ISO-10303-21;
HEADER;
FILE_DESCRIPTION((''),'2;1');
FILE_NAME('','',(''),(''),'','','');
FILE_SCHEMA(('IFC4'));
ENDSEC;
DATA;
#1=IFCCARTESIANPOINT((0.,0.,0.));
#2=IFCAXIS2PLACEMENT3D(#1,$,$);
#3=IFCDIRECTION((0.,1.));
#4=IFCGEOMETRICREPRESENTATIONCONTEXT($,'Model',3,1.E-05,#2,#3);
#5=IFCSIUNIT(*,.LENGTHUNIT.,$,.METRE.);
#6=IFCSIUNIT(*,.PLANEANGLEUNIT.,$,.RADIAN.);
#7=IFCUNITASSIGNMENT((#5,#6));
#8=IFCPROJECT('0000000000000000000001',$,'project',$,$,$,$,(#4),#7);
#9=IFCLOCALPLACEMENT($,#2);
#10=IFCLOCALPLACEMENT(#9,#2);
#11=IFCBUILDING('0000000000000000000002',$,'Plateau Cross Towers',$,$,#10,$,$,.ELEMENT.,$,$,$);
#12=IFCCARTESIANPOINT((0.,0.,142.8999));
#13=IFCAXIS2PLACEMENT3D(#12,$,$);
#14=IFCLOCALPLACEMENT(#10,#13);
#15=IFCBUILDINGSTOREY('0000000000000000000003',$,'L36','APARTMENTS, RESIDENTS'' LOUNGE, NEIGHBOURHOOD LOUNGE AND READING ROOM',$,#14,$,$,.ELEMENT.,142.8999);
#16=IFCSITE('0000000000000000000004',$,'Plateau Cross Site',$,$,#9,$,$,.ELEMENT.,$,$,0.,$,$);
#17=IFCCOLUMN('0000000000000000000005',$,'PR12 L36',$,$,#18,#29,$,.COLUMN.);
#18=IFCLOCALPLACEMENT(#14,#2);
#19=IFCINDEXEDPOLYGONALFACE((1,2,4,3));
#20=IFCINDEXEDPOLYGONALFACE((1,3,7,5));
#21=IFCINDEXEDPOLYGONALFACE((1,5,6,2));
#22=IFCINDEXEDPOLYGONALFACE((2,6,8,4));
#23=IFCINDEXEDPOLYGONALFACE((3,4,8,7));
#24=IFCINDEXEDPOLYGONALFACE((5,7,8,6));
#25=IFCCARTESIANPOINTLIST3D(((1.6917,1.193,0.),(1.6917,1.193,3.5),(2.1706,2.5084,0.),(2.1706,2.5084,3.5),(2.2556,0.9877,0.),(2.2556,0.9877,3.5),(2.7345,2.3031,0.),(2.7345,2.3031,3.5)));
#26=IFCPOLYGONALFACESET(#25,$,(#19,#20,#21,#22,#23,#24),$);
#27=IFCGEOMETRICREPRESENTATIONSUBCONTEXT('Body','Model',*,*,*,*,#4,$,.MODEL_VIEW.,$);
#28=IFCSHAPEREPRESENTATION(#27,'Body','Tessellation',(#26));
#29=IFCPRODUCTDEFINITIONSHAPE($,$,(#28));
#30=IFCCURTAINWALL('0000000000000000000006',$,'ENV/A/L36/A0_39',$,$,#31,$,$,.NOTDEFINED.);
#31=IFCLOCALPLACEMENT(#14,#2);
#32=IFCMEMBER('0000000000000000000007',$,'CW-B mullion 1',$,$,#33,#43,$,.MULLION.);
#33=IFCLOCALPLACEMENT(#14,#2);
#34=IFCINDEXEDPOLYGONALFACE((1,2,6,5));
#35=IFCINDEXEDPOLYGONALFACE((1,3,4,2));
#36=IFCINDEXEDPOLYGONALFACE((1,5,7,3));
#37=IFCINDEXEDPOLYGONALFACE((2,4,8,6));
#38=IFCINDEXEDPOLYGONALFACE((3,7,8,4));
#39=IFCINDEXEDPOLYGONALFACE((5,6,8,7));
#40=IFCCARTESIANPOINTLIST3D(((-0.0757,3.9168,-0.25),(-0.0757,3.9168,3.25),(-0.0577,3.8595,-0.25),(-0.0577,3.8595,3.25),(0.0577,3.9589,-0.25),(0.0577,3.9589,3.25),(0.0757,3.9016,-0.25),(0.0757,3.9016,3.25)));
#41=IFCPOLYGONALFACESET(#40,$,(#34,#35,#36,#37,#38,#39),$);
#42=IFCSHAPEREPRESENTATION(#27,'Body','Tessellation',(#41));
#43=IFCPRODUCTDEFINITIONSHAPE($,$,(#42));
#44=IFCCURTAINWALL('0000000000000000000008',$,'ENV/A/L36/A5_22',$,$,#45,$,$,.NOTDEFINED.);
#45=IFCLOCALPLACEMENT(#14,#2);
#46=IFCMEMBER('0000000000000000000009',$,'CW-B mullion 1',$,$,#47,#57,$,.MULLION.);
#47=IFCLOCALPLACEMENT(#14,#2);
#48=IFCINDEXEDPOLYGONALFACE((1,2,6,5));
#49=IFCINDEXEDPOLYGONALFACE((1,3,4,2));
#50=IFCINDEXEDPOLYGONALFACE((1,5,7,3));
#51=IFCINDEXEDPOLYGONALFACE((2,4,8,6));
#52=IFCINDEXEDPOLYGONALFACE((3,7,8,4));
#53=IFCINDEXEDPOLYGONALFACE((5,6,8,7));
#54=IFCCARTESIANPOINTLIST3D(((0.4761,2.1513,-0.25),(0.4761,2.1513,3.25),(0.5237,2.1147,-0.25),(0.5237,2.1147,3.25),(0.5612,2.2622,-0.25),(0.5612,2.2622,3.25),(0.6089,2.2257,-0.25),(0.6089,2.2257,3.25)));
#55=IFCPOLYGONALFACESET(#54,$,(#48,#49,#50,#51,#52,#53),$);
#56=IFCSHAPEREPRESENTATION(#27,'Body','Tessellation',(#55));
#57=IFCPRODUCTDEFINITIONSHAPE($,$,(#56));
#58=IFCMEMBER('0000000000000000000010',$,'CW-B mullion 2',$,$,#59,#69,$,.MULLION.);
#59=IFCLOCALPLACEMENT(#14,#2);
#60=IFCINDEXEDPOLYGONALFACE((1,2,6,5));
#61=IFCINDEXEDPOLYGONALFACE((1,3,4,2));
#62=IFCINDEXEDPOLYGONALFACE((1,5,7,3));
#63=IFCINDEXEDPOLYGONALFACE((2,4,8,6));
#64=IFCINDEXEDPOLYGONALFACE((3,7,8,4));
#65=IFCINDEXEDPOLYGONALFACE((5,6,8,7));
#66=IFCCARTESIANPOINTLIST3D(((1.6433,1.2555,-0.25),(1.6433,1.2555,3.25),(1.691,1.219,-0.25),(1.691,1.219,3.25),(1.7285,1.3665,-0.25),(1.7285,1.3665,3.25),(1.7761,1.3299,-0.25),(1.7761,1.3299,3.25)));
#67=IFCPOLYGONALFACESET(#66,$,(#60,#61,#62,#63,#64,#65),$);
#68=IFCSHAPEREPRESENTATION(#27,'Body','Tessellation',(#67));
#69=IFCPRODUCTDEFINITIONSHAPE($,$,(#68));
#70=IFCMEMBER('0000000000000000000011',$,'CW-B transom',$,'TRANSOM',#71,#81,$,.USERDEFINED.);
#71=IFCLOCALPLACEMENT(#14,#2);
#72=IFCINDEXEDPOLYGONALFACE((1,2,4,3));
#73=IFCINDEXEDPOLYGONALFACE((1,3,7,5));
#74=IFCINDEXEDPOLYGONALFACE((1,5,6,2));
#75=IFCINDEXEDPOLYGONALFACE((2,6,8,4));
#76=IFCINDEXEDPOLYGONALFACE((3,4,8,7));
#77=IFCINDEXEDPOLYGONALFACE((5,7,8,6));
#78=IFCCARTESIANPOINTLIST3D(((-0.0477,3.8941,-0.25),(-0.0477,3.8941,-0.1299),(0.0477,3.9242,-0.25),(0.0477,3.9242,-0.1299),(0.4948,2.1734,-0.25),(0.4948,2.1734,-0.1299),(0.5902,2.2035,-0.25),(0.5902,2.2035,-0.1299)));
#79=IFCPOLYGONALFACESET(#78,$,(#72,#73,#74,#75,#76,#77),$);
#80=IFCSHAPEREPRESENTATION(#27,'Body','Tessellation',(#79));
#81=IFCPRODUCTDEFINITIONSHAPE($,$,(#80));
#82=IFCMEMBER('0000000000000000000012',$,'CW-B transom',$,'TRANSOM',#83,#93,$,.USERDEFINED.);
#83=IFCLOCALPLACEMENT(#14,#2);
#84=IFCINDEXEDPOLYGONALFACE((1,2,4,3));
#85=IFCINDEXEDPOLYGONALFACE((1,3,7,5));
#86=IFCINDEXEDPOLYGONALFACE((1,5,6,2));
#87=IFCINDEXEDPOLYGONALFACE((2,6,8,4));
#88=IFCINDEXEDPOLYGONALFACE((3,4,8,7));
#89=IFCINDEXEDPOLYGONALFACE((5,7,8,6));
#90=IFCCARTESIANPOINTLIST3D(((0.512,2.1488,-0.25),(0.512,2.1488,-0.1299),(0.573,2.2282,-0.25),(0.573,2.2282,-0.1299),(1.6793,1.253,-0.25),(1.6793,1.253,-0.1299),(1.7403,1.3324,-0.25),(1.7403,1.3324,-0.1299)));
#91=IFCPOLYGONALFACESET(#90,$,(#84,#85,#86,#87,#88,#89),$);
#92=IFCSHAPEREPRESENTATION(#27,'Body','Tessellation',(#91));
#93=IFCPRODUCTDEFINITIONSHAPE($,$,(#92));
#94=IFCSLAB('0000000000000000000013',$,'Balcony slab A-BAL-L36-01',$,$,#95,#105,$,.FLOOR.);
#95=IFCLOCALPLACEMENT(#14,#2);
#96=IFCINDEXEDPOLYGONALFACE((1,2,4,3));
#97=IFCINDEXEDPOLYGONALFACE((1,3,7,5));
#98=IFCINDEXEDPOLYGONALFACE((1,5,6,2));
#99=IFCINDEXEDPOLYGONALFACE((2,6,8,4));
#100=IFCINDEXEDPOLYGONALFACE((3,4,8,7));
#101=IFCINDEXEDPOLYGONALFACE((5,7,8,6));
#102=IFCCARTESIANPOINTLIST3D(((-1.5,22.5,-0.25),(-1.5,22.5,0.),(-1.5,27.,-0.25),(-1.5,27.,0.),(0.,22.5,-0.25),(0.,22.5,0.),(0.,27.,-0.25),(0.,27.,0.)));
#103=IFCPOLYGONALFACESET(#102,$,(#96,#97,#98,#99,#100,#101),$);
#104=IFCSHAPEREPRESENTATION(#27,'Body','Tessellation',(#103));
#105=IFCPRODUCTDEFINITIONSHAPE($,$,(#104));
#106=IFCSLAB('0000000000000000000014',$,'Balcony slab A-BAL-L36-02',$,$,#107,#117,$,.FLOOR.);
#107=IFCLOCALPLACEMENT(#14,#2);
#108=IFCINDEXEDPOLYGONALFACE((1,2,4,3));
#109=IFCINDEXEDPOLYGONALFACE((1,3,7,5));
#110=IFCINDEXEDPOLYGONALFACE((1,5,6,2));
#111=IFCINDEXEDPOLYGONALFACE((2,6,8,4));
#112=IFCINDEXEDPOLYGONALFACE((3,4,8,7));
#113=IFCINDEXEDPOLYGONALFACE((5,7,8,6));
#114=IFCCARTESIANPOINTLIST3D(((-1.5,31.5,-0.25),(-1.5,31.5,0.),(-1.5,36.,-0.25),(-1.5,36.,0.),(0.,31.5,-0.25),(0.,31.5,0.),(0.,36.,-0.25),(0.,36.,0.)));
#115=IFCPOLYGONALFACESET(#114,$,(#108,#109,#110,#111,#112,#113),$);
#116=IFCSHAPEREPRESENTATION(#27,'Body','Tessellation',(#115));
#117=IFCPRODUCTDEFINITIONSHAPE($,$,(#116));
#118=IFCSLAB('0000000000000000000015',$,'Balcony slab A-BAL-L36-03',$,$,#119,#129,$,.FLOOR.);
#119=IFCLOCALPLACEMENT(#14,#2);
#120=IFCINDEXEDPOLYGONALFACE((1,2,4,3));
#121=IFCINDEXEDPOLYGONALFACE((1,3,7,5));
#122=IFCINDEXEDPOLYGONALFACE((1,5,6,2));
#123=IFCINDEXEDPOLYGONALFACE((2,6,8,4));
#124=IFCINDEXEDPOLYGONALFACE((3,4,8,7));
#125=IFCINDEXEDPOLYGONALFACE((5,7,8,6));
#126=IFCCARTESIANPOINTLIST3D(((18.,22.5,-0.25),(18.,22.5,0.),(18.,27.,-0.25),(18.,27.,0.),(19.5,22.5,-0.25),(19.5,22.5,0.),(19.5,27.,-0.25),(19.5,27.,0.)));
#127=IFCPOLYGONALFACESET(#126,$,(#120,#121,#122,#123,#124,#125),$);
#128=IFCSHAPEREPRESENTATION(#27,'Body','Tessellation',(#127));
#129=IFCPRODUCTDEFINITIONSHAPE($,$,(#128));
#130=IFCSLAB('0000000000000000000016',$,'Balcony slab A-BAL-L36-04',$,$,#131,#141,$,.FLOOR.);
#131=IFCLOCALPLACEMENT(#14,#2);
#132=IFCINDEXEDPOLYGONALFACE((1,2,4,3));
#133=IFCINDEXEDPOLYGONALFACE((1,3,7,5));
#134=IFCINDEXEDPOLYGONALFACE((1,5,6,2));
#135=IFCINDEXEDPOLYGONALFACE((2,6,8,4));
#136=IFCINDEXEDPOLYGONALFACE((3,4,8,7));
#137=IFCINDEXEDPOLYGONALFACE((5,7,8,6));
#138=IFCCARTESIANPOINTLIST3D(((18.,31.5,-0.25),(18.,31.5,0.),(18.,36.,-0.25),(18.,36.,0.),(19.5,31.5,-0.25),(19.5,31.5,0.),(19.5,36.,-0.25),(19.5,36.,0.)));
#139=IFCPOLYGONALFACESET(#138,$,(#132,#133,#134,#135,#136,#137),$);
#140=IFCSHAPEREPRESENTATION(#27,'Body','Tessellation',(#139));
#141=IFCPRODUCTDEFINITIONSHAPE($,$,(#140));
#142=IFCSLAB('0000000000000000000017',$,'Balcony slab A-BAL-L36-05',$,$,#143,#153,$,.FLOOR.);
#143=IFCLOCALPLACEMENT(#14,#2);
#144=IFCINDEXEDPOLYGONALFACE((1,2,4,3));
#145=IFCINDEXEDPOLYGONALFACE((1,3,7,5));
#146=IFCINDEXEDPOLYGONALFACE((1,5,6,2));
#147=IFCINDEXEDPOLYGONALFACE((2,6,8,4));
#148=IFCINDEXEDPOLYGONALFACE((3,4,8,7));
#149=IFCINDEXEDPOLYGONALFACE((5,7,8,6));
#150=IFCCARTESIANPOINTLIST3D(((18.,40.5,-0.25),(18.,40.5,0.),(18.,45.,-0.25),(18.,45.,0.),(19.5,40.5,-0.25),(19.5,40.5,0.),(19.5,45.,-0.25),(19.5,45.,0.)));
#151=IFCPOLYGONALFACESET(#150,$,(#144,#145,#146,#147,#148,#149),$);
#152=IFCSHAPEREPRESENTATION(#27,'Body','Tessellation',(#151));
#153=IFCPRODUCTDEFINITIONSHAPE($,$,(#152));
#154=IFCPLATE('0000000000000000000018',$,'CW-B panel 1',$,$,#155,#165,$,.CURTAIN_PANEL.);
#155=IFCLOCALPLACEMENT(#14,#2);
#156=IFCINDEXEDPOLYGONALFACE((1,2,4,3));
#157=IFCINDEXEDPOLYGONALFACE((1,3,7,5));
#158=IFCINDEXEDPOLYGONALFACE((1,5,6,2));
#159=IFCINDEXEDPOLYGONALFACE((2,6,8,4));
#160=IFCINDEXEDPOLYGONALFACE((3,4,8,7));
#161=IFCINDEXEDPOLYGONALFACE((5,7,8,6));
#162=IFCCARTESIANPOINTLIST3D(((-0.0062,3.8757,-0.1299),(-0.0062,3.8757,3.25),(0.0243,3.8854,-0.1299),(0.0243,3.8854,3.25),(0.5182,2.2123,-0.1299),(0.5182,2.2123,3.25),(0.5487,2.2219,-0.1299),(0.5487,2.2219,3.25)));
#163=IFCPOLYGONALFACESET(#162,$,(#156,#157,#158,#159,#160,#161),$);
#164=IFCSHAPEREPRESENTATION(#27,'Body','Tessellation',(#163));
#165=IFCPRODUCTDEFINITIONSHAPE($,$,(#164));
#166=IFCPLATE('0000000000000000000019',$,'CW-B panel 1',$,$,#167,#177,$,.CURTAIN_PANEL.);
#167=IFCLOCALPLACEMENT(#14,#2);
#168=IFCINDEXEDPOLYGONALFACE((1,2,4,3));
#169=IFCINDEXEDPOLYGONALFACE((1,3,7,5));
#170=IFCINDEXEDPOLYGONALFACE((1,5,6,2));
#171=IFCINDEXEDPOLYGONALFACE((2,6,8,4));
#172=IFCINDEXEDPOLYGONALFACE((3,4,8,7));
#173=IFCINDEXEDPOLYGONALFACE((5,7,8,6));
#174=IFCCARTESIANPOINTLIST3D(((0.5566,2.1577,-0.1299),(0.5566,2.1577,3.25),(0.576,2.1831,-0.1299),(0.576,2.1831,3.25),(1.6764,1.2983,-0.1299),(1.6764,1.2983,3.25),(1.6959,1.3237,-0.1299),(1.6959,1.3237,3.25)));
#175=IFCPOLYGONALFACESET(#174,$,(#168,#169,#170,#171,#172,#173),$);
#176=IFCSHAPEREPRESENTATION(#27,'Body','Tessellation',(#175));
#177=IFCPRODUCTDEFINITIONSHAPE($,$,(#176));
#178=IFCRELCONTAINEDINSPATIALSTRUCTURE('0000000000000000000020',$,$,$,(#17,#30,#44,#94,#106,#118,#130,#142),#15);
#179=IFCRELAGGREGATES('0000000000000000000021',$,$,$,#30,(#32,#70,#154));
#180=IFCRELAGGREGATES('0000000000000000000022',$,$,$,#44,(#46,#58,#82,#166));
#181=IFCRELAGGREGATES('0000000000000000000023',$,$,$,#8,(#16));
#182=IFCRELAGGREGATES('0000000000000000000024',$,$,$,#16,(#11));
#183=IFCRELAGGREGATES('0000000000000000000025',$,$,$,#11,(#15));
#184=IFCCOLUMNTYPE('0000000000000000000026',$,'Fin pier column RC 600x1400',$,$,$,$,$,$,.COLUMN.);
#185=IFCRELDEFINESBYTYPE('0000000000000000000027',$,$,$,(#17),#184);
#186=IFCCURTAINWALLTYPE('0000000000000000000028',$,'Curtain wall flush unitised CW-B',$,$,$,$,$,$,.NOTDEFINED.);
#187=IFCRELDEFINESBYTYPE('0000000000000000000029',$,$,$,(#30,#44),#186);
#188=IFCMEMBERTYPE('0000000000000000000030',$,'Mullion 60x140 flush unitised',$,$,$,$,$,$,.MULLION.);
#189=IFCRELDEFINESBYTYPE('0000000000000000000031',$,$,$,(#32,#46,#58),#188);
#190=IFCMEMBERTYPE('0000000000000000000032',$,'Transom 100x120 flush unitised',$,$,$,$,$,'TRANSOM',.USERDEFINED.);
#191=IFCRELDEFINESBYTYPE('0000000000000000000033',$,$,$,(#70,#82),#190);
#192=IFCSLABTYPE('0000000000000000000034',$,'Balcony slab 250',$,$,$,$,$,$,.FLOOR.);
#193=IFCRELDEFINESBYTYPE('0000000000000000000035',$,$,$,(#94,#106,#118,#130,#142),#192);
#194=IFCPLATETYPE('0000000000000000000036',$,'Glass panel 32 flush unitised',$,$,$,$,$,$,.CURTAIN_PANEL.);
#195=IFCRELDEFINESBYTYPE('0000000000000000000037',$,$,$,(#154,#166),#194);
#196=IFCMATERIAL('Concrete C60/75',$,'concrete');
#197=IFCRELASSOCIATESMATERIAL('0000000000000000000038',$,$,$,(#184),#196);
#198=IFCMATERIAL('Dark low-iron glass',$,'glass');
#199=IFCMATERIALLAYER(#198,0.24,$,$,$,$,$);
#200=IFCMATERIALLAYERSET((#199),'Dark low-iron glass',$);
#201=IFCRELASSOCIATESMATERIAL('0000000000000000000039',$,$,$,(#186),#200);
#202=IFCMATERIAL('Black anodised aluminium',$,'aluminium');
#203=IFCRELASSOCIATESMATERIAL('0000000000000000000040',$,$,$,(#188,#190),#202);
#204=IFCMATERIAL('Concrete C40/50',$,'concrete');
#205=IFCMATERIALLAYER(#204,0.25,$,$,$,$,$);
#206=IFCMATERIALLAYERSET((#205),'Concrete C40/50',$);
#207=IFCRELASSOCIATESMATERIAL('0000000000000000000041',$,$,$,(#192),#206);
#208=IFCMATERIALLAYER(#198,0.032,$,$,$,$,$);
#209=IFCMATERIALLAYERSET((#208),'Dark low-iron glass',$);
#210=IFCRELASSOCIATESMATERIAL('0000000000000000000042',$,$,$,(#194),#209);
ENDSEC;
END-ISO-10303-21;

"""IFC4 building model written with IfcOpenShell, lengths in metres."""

from ifc_helpers import new_model, si_unit, direction, frame, origin, origin_2d, place, context, subcontext, project, spatial, polyline, rectangle, outline, extrude, material, layer, layer_set, material_profile, profile_set, type_object, element, aggregate, save


model = new_model("IFC4")

# Units and contexts
model_context = context("Model", 3, precision=1e-05, world=origin(), true_north=direction((0.0, 1.0)))
body_context = subcontext(model_context, "Body", "Model", "MODEL_VIEW")
ifc_project = project(units=[si_unit("LENGTHUNIT", "METRE"), si_unit("PLANEANGLEUNIT", "RADIAN")], contexts=[model_context])

# Site, building, storey
site_placement = place(None, origin())
site = spatial("IfcSite", under=ifc_project, at=site_placement, Name="Plateau Cross Site", CompositionType="ELEMENT", RefElevation=0.0)
building_placement = place(site_placement, origin())
building = spatial("IfcBuilding", under=site, at=building_placement, Name="Plateau Cross Towers", CompositionType="ELEMENT")
storey_placement = place(building_placement, frame((0.0, 0.0, 142.8999)))
storey = spatial("IfcBuildingStorey", under=building, at=storey_placement, Name="L36", Description="APARTMENTS, RESIDENTS' LOUNGE, NEIGHBOURHOOD LOUNGE AND READING ROOM", CompositionType="ELEMENT", Elevation=142.8999)

# Column
ifc_material_1 = material(Name="Concrete C60/75", Category="concrete")
ifc_material_profile_1 = material_profile(ifc_material_1, rectangle(XDim=0.6001, YDim=1.3999, at=origin_2d()), Name="RC 600x1400")
ifc_profile_set_1 = profile_set([ifc_material_profile_1], Name="Concrete C60/75")
column_type = type_object("IfcColumnType", Name="Fin pier column RC 600x1400", PredefinedType="COLUMN", material=ifc_profile_set_1)
column_placement = place(storey_placement, frame((2.2131, 1.748, 0.0), z_axis=(0.0, 0.0, 1.0), x_axis=(-0.939664, 0.342098, 0.0)))
element("IfcColumn", 1, at=column_placement, inside=storey, type_object=column_type, Name="PR12 L36", PredefinedType="COLUMN", context=body_context, shape_type="SweptSolid", body=[
    extrude(rectangle(XDim=0.6001, YDim=1.3999, at=origin_2d()), origin(), (0.0, 0.0, 1.0), 3.5),
])

# Curtain wall, member
ifc_material_2 = material(Name="Dark low-iron glass", Category="glass")
ifc_layer_1 = layer(ifc_material_2, 0.24)
ifc_layer_set_1 = layer_set([ifc_layer_1], Name="Dark low-iron glass")
curtain_wall_type = type_object("IfcCurtainWallType", Name="Curtain wall flush unitised CW-B", PredefinedType="NOTDEFINED", material=ifc_layer_set_1)
curtain_wall_1_placement = place(storey_placement, origin())
curtain_wall_1 = element("IfcCurtainWall", 2, at=curtain_wall_1_placement, inside=storey, type_object=curtain_wall_type, Name="ENV/A/L36/A0_39", PredefinedType="NOTDEFINED")
ifc_material_3 = material(Name="Black anodised aluminium", Category="aluminium")
ifc_material_profile_2 = material_profile(ifc_material_3, rectangle(XDim=0.0601, YDim=0.1399, at=origin_2d()), Name="MULLION 60x140")
ifc_profile_set_2 = profile_set([ifc_material_profile_2], Name="Black anodised aluminium")
member_type_1 = type_object("IfcMemberType", Name="Mullion 60x140 flush unitised", PredefinedType="MULLION", material=ifc_profile_set_2)
member_1_placement = place(storey_placement, frame((0.0, 3.9092, -0.25), z_axis=(0.0, 0.0, 1.0), x_axis=(0.300686, -0.953723, 0.0)))
member_1 = element("IfcMember", 3, at=member_1_placement, type_object=member_type_1, Name="CW-B mullion 1", PredefinedType="MULLION", context=body_context, shape_type="SweptSolid", body=[
    extrude(rectangle(XDim=0.0601, YDim=0.1399, at=origin_2d()), origin(), (0.0, 0.0, 1.0), 3.5),
])

# Curtain wall, members
curtain_wall_2_placement = place(storey_placement, origin())
curtain_wall_2 = element("IfcCurtainWall", 4, at=curtain_wall_2_placement, inside=storey, type_object=curtain_wall_type, Name="ENV/A/L36/A5_22", PredefinedType="NOTDEFINED")
member_2_placement = place(storey_placement, frame((0.5425, 2.1885, -0.25), z_axis=(0.0, 0.0, 1.0), x_axis=(0.793316, -0.608811, 0.0)))
member_2 = element("IfcMember", 5, at=member_2_placement, type_object=member_type_1, Name="CW-B mullion 1", PredefinedType="MULLION", context=body_context, shape_type="SweptSolid", body=[
    extrude(rectangle(XDim=0.0601, YDim=0.1399, at=origin_2d()), origin(), (0.0, 0.0, 1.0), 3.5),
])
member_3_placement = place(storey_placement, frame((1.7097, 1.2927, -0.25), z_axis=(0.0, 0.0, 1.0), x_axis=(0.793316, -0.608811, 0.0)))
member_3 = element("IfcMember", 6, at=member_3_placement, type_object=member_type_1, Name="CW-B mullion 2", PredefinedType="MULLION", context=body_context, shape_type="SweptSolid", body=[
    extrude(rectangle(XDim=0.0601, YDim=0.1399, at=origin_2d()), origin(), (0.0, 0.0, 1.0), 3.5),
])

# Members
ifc_material_profile_3 = material_profile(ifc_material_3, rectangle(XDim=0.1001, YDim=0.1201, at=origin_2d()), Name="TRANSOM 100x120")
ifc_profile_set_3 = profile_set([ifc_material_profile_3], Name="Black anodised aluminium")
member_type_2 = type_object("IfcMemberType", Name="Transom 100x120 flush unitised", ElementType="TRANSOM", PredefinedType="USERDEFINED", material=ifc_profile_set_3)
member_4_placement = place(storey_placement, frame((0.0, 3.9092, -0.1899), z_axis=(0.300678, -0.953726, 0.0), x_axis=(0.953726, 0.300678, 0.0)))
member_4 = element("IfcMember", 7, at=member_4_placement, type_object=member_type_2, Name="CW-B transom", ObjectType="TRANSOM", PredefinedType="USERDEFINED", context=body_context, shape_type="SweptSolid", body=[
    extrude(rectangle(XDim=0.1001, YDim=0.1201, at=origin_2d()), origin(), (0.0, 0.0, 1.0), 1.8042),
])
member_5_placement = place(storey_placement, frame((0.5425, 2.1885, -0.1899), z_axis=(0.793321, -0.608804, 0.0), x_axis=(0.608804, 0.793321, 0.0)))
member_5 = element("IfcMember", 8, at=member_5_placement, type_object=member_type_2, Name="CW-B transom", ObjectType="TRANSOM", PredefinedType="USERDEFINED", context=body_context, shape_type="SweptSolid", body=[
    extrude(rectangle(XDim=0.1001, YDim=0.1201, at=origin_2d()), origin(), (0.0, 0.0, 1.0), 1.4714),
])

# Slabs
ifc_material_4 = material(Name="Concrete C40/50", Category="concrete")
ifc_layer_2 = layer(ifc_material_4, 0.25)
ifc_layer_set_2 = layer_set([ifc_layer_2], Name="Concrete C40/50")
slab_type_1 = type_object("IfcSlabType", Name="Balcony slab 250", PredefinedType="FLOOR", material=ifc_layer_set_2)
slab_1_placement = place(storey_placement, frame((0.0, 0.0, -0.25)))
element("IfcSlab", 9, at=slab_1_placement, inside=storey, type_object=slab_type_1, Name="Balcony slab A-BAL-L36-01", PredefinedType="FLOOR", context=body_context, shape_type="SweptSolid", body=[
    extrude(outline(polyline([(0.0, 22.5), (0.0, 27.0), (-1.5, 27.0), (-1.5, 22.5), (0.0, 22.5)])), origin(), (0.0, 0.0, 1.0), 0.25),
])
slab_2_placement = place(storey_placement, frame((0.0, 0.0, -0.25)))
element("IfcSlab", 10, at=slab_2_placement, inside=storey, type_object=slab_type_1, Name="Balcony slab A-BAL-L36-02", PredefinedType="FLOOR", context=body_context, shape_type="SweptSolid", body=[
    extrude(outline(polyline([(0.0, 31.5), (0.0, 36.0), (-1.5, 36.0), (-1.5, 31.5), (0.0, 31.5)])), origin(), (0.0, 0.0, 1.0), 0.25),
])
slab_3_placement = place(storey_placement, frame((0.0, 0.0, -0.25)))
element("IfcSlab", 11, at=slab_3_placement, inside=storey, type_object=slab_type_1, Name="Balcony slab A-BAL-L36-03", PredefinedType="FLOOR", context=body_context, shape_type="SweptSolid", body=[
    extrude(outline(polyline([(19.5, 22.5), (19.5, 27.0), (18.0, 27.0), (18.0, 22.5), (19.5, 22.5)])), origin(), (0.0, 0.0, 1.0), 0.25),
])
slab_4_placement = place(storey_placement, frame((0.0, 0.0, -0.25)))
element("IfcSlab", 12, at=slab_4_placement, inside=storey, type_object=slab_type_1, Name="Balcony slab A-BAL-L36-04", PredefinedType="FLOOR", context=body_context, shape_type="SweptSolid", body=[
    extrude(outline(polyline([(19.5, 31.5), (19.5, 36.0), (18.0, 36.0), (18.0, 31.5), (19.5, 31.5)])), origin(), (0.0, 0.0, 1.0), 0.25),
])
slab_5_placement = place(storey_placement, frame((0.0, 0.0, -0.25)))
element("IfcSlab", 13, at=slab_5_placement, inside=storey, type_object=slab_type_1, Name="Balcony slab A-BAL-L36-05", PredefinedType="FLOOR", context=body_context, shape_type="SweptSolid", body=[
    extrude(outline(polyline([(19.5, 40.5), (19.5, 45.0), (18.0, 45.0), (18.0, 40.5), (19.5, 40.5)])), origin(), (0.0, 0.0, 1.0), 0.25),
])

# Plates
ifc_layer_3 = layer(ifc_material_2, 0.032)
ifc_layer_set_3 = layer_set([ifc_layer_3], Name="Dark low-iron glass")
plate_type = type_object("IfcPlateType", Name="Glass panel 32 flush unitised", PredefinedType="CURTAIN_PANEL", material=ifc_layer_set_3)
plate_1_placement = place(storey_placement, frame((0.2712, 3.0488, -0.1299), z_axis=(0.0, 0.0, 1.0), x_axis=(0.300686, -0.953723, 0.0)))
plate_1 = element("IfcPlate", 14, at=plate_1_placement, type_object=plate_type, Name="CW-B panel 1", PredefinedType="CURTAIN_PANEL", context=body_context, shape_type="SweptSolid", body=[
    extrude(rectangle(XDim=1.7441, YDim=0.032, at=origin_2d()), origin(), (0.0, 0.0, 1.0), 3.3799),
])
aggregate(curtain_wall_1, [member_1, member_4, plate_1])
plate_2_placement = place(storey_placement, frame((1.1262, 1.7407, -0.1299), z_axis=(0.0, 0.0, 1.0), x_axis=(0.793316, -0.608811, 0.0)))
plate_2 = element("IfcPlate", 15, at=plate_2_placement, type_object=plate_type, Name="CW-B panel 1", PredefinedType="CURTAIN_PANEL", context=body_context, shape_type="SweptSolid", body=[
    extrude(rectangle(XDim=1.4116, YDim=0.032, at=origin_2d()), origin(), (0.0, 0.0, 1.0), 3.3799),
])
aggregate(curtain_wall_2, [member_2, member_3, member_5, plate_2])

save(model, "model.ifc")
